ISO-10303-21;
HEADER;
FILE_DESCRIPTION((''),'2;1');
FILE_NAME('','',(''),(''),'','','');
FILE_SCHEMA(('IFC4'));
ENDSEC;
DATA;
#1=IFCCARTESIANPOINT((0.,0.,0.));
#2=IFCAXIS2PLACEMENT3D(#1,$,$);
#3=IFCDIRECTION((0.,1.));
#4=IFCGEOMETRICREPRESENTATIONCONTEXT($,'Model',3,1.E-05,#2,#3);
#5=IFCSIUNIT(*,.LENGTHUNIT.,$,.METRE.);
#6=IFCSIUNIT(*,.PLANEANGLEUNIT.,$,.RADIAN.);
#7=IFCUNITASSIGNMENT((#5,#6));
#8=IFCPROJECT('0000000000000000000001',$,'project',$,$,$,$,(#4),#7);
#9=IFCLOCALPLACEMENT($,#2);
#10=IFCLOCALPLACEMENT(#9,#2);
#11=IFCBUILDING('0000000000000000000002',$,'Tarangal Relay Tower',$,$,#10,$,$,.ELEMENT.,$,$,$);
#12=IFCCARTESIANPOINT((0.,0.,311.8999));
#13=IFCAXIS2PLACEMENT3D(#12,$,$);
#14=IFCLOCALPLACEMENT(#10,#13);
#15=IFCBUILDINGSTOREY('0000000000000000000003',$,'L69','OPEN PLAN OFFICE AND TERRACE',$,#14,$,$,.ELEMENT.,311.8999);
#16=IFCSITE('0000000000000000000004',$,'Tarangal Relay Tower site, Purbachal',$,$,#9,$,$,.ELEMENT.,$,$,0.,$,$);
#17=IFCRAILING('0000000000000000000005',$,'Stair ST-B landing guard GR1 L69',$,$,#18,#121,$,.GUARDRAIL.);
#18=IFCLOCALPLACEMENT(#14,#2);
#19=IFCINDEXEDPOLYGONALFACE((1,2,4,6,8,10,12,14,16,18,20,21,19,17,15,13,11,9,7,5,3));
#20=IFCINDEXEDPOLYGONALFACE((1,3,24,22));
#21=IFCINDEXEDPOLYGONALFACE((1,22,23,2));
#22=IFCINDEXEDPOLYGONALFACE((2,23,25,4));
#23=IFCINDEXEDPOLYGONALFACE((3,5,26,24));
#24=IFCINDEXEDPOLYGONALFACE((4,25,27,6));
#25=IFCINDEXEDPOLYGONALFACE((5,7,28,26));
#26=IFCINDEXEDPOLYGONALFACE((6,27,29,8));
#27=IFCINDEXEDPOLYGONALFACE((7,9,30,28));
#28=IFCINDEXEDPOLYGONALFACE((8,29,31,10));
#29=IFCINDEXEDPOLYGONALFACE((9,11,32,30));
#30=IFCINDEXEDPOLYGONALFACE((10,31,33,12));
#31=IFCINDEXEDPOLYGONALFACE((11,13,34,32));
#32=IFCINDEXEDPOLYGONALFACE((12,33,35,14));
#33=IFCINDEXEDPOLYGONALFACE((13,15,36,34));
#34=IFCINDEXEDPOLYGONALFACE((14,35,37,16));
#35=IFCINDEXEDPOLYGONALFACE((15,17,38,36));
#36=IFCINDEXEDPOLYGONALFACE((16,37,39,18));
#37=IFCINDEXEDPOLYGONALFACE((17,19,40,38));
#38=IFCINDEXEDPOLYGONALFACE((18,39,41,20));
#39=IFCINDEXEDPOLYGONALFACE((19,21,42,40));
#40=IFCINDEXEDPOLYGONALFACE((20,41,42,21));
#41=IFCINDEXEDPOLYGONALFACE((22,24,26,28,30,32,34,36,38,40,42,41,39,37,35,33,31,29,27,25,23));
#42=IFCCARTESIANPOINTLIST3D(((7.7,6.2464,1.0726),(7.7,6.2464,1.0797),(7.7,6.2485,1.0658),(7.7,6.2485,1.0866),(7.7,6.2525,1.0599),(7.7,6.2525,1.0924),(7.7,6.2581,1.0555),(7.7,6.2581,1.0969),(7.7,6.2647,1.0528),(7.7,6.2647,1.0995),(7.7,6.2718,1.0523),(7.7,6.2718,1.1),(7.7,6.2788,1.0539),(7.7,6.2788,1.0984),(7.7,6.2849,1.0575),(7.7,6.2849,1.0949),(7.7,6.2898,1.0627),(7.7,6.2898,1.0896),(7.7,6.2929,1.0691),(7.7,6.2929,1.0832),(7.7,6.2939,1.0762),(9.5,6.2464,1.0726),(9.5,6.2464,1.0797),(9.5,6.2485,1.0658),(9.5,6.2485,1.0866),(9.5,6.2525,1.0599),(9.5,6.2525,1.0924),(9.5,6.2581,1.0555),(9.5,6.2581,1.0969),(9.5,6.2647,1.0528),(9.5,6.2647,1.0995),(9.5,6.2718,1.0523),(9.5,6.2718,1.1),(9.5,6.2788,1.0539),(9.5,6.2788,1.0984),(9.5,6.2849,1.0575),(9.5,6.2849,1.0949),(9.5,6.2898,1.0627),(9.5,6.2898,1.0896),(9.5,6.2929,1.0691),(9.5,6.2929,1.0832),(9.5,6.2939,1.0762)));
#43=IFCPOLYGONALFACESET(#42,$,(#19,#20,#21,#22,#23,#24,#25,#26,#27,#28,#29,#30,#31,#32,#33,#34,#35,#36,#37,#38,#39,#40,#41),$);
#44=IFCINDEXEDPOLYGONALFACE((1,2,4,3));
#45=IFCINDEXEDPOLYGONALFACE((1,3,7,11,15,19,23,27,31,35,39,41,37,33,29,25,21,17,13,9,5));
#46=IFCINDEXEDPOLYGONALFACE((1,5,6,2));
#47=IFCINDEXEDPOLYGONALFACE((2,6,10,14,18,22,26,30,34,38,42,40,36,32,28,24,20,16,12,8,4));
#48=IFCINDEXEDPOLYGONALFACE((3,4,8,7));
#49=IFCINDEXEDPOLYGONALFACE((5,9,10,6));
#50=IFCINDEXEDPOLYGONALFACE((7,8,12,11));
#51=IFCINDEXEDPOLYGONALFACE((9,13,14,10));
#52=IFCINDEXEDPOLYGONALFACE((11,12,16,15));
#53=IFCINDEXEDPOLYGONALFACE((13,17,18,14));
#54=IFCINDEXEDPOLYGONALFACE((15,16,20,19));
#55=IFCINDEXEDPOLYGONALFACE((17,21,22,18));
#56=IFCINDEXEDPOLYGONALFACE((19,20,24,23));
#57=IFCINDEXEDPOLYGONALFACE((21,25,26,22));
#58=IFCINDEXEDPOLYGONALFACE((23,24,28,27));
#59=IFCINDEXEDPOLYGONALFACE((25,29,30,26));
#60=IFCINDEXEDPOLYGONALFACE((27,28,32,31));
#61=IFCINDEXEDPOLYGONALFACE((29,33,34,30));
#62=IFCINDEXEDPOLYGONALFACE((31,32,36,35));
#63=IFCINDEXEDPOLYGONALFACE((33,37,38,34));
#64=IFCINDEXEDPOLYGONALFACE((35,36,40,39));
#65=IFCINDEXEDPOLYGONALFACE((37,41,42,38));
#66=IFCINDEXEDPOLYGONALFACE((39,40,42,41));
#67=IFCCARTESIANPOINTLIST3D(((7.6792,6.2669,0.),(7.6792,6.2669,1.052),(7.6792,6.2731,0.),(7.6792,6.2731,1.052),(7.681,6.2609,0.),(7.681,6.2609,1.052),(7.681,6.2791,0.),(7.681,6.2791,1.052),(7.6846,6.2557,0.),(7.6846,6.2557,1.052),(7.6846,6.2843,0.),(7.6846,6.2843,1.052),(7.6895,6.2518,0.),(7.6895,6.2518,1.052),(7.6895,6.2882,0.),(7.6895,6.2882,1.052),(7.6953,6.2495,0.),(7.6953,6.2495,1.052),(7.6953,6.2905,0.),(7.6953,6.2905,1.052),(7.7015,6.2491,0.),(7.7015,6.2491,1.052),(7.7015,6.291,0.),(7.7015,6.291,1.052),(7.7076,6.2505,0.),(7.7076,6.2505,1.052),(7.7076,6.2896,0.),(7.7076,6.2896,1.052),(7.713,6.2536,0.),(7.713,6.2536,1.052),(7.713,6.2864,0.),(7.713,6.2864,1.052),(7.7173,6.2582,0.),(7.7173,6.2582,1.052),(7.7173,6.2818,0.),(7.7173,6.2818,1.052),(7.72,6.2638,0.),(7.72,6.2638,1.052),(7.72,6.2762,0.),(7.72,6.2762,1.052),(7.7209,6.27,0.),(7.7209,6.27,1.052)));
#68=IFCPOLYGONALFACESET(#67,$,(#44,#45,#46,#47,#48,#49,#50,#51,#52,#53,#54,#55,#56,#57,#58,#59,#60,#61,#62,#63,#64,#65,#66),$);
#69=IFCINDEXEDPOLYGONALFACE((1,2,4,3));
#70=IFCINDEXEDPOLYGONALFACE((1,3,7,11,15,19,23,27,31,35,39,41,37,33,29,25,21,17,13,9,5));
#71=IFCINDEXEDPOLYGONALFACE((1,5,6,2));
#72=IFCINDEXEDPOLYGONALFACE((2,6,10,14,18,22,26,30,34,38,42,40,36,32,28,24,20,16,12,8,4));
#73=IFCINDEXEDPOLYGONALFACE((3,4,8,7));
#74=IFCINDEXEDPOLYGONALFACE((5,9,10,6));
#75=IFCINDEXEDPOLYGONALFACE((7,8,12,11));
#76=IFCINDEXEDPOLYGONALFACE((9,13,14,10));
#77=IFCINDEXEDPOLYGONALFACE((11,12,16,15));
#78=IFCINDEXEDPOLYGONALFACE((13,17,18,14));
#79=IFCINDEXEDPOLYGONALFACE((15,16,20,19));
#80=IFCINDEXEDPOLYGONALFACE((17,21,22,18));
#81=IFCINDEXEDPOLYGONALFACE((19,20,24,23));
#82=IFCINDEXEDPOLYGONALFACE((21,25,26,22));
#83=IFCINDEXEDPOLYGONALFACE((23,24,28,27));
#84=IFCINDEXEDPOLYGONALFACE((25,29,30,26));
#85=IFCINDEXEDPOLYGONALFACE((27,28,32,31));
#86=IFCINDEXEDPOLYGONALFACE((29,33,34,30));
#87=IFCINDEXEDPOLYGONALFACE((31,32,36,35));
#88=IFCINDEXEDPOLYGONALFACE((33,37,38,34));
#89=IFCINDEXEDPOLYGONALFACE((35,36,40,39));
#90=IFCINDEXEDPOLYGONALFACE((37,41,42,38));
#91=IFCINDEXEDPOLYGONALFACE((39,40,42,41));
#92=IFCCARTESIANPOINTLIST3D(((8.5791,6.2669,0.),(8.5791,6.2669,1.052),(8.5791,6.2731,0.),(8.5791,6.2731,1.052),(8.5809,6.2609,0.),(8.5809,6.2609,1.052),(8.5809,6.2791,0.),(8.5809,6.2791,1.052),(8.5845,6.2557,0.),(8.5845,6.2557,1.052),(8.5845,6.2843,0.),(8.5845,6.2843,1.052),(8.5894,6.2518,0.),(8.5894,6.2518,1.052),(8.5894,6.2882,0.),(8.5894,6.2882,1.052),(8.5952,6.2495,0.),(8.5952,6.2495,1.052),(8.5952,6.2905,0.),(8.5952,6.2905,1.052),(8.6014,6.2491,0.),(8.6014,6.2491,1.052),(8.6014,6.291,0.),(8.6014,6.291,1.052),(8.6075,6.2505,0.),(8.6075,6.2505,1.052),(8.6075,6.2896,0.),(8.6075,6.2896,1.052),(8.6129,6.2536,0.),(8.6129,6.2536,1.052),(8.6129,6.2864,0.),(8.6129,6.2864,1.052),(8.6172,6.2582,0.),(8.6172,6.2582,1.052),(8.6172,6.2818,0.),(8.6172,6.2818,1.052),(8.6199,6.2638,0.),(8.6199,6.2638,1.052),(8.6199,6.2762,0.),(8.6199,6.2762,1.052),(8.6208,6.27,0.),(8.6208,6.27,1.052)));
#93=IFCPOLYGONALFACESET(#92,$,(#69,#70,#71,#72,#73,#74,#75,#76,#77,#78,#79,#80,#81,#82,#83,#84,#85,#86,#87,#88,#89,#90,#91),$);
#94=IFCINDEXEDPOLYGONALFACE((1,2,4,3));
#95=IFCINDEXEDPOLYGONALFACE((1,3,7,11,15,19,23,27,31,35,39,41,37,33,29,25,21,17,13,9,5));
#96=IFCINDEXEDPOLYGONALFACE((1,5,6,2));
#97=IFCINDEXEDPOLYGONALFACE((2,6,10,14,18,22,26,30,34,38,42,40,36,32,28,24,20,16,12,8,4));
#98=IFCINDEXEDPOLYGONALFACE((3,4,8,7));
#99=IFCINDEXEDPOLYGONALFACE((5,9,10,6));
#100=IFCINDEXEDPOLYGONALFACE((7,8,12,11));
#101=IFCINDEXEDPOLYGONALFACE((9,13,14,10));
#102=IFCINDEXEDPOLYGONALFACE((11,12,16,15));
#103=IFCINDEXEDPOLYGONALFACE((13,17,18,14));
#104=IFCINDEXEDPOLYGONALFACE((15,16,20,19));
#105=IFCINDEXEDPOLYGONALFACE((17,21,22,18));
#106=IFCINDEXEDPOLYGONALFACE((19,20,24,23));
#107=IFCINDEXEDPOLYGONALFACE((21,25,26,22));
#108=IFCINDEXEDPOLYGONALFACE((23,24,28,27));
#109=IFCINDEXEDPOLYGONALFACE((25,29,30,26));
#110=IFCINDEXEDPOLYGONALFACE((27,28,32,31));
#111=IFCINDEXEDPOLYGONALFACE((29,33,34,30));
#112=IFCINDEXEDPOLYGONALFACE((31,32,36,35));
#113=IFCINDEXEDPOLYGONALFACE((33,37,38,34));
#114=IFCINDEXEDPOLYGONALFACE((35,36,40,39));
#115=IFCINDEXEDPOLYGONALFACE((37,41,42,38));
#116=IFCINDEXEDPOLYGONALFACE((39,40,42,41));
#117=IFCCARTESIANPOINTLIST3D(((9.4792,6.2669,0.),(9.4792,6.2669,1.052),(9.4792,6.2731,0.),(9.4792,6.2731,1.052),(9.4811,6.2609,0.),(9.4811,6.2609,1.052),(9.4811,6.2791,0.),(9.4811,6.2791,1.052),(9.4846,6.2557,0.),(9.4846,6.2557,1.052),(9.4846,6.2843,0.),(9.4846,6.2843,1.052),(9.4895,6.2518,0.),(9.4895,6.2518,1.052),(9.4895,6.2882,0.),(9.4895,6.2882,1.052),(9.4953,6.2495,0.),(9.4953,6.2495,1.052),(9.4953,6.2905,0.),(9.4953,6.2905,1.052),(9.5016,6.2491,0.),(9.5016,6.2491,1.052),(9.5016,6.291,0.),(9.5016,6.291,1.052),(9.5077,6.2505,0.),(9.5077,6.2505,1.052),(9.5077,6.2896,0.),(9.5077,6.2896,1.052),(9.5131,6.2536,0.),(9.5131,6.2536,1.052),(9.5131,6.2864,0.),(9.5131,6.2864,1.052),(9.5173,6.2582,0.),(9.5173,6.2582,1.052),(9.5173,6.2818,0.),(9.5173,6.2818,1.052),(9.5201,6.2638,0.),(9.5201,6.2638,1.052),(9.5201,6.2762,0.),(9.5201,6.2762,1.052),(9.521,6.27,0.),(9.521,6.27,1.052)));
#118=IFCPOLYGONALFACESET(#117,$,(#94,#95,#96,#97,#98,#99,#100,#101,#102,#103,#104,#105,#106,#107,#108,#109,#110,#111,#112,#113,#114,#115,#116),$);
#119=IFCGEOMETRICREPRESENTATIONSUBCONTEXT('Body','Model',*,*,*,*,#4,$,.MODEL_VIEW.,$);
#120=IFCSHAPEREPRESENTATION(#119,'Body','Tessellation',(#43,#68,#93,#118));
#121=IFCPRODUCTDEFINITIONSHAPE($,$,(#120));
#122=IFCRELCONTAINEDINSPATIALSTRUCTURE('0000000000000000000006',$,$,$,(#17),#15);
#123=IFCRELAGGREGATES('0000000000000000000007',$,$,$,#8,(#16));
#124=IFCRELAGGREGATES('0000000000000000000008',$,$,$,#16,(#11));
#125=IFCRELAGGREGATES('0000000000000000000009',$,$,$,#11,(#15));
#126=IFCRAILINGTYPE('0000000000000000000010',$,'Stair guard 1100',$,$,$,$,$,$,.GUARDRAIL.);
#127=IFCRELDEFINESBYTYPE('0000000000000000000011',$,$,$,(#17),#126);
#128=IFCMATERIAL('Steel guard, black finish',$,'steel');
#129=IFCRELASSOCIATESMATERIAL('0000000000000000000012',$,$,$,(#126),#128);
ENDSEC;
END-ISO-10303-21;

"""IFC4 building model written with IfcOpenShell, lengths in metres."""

from ifc_helpers import new_model, si_unit, direction, frame, origin, origin_2d, place, context, subcontext, project, spatial, circle, extrude, material, type_object, element, save


model = new_model("IFC4")

# Units and contexts
model_context = context("Model", 3, precision=1e-05, world=origin(), true_north=direction((0.0, 1.0)))
body_context = subcontext(model_context, "Body", "Model", "MODEL_VIEW")
ifc_project = project(units=[si_unit("LENGTHUNIT", "METRE"), si_unit("PLANEANGLEUNIT", "RADIAN")], contexts=[model_context])

# Site, building, storey
site_placement = place(None, origin())
site = spatial("IfcSite", under=ifc_project, at=site_placement, Name="Tarangal Relay Tower site, Purbachal", CompositionType="ELEMENT", RefElevation=0.0)
building_placement = place(site_placement, origin())
building = spatial("IfcBuilding", under=site, at=building_placement, Name="Tarangal Relay Tower", CompositionType="ELEMENT")
storey_placement = place(building_placement, frame((0.0, 0.0, 311.8999)))
storey = spatial("IfcBuildingStorey", under=building, at=storey_placement, Name="L69", Description="OPEN PLAN OFFICE AND TERRACE", CompositionType="ELEMENT", Elevation=311.8999)

# Railing
ifc_material_1 = material(Name="Steel guard, black finish", Category="steel")
railing_type_1 = type_object("IfcRailingType", Name="Stair guard 1100", PredefinedType="GUARDRAIL", material=ifc_material_1)
railing_1_placement = place(storey_placement, frame((7.7, 6.27, 0.0)))
element("IfcRailing", 1, at=railing_1_placement, inside=storey, type_object=railing_type_1, Name="Stair ST-B landing guard GR1 L69", PredefinedType="GUARDRAIL", context=body_context, shape_type="SweptSolid", body=[
    extrude(circle(Radius=0.0239, at=origin_2d()), frame((0.0, 0.0, 1.0762), z_axis=(1.0, 0.0, 0.0), x_axis=(0.0, 1.0, 0.0)), (0.0, 0.0, 1.0), 1.8),
    extrude(circle(Radius=0.021, at=origin_2d()), origin(), (0.0, 0.0, 1.0), 1.052),
    extrude(circle(Radius=0.021, at=origin_2d()), frame((0.8999, 0.0, 0.0)), (0.0, 0.0, 1.0), 1.052),
    extrude(circle(Radius=0.021, at=origin_2d()), frame((1.8, 0.0, 0.0)), (0.0, 0.0, 1.0), 1.052),
])

save(model, "model.ifc")
